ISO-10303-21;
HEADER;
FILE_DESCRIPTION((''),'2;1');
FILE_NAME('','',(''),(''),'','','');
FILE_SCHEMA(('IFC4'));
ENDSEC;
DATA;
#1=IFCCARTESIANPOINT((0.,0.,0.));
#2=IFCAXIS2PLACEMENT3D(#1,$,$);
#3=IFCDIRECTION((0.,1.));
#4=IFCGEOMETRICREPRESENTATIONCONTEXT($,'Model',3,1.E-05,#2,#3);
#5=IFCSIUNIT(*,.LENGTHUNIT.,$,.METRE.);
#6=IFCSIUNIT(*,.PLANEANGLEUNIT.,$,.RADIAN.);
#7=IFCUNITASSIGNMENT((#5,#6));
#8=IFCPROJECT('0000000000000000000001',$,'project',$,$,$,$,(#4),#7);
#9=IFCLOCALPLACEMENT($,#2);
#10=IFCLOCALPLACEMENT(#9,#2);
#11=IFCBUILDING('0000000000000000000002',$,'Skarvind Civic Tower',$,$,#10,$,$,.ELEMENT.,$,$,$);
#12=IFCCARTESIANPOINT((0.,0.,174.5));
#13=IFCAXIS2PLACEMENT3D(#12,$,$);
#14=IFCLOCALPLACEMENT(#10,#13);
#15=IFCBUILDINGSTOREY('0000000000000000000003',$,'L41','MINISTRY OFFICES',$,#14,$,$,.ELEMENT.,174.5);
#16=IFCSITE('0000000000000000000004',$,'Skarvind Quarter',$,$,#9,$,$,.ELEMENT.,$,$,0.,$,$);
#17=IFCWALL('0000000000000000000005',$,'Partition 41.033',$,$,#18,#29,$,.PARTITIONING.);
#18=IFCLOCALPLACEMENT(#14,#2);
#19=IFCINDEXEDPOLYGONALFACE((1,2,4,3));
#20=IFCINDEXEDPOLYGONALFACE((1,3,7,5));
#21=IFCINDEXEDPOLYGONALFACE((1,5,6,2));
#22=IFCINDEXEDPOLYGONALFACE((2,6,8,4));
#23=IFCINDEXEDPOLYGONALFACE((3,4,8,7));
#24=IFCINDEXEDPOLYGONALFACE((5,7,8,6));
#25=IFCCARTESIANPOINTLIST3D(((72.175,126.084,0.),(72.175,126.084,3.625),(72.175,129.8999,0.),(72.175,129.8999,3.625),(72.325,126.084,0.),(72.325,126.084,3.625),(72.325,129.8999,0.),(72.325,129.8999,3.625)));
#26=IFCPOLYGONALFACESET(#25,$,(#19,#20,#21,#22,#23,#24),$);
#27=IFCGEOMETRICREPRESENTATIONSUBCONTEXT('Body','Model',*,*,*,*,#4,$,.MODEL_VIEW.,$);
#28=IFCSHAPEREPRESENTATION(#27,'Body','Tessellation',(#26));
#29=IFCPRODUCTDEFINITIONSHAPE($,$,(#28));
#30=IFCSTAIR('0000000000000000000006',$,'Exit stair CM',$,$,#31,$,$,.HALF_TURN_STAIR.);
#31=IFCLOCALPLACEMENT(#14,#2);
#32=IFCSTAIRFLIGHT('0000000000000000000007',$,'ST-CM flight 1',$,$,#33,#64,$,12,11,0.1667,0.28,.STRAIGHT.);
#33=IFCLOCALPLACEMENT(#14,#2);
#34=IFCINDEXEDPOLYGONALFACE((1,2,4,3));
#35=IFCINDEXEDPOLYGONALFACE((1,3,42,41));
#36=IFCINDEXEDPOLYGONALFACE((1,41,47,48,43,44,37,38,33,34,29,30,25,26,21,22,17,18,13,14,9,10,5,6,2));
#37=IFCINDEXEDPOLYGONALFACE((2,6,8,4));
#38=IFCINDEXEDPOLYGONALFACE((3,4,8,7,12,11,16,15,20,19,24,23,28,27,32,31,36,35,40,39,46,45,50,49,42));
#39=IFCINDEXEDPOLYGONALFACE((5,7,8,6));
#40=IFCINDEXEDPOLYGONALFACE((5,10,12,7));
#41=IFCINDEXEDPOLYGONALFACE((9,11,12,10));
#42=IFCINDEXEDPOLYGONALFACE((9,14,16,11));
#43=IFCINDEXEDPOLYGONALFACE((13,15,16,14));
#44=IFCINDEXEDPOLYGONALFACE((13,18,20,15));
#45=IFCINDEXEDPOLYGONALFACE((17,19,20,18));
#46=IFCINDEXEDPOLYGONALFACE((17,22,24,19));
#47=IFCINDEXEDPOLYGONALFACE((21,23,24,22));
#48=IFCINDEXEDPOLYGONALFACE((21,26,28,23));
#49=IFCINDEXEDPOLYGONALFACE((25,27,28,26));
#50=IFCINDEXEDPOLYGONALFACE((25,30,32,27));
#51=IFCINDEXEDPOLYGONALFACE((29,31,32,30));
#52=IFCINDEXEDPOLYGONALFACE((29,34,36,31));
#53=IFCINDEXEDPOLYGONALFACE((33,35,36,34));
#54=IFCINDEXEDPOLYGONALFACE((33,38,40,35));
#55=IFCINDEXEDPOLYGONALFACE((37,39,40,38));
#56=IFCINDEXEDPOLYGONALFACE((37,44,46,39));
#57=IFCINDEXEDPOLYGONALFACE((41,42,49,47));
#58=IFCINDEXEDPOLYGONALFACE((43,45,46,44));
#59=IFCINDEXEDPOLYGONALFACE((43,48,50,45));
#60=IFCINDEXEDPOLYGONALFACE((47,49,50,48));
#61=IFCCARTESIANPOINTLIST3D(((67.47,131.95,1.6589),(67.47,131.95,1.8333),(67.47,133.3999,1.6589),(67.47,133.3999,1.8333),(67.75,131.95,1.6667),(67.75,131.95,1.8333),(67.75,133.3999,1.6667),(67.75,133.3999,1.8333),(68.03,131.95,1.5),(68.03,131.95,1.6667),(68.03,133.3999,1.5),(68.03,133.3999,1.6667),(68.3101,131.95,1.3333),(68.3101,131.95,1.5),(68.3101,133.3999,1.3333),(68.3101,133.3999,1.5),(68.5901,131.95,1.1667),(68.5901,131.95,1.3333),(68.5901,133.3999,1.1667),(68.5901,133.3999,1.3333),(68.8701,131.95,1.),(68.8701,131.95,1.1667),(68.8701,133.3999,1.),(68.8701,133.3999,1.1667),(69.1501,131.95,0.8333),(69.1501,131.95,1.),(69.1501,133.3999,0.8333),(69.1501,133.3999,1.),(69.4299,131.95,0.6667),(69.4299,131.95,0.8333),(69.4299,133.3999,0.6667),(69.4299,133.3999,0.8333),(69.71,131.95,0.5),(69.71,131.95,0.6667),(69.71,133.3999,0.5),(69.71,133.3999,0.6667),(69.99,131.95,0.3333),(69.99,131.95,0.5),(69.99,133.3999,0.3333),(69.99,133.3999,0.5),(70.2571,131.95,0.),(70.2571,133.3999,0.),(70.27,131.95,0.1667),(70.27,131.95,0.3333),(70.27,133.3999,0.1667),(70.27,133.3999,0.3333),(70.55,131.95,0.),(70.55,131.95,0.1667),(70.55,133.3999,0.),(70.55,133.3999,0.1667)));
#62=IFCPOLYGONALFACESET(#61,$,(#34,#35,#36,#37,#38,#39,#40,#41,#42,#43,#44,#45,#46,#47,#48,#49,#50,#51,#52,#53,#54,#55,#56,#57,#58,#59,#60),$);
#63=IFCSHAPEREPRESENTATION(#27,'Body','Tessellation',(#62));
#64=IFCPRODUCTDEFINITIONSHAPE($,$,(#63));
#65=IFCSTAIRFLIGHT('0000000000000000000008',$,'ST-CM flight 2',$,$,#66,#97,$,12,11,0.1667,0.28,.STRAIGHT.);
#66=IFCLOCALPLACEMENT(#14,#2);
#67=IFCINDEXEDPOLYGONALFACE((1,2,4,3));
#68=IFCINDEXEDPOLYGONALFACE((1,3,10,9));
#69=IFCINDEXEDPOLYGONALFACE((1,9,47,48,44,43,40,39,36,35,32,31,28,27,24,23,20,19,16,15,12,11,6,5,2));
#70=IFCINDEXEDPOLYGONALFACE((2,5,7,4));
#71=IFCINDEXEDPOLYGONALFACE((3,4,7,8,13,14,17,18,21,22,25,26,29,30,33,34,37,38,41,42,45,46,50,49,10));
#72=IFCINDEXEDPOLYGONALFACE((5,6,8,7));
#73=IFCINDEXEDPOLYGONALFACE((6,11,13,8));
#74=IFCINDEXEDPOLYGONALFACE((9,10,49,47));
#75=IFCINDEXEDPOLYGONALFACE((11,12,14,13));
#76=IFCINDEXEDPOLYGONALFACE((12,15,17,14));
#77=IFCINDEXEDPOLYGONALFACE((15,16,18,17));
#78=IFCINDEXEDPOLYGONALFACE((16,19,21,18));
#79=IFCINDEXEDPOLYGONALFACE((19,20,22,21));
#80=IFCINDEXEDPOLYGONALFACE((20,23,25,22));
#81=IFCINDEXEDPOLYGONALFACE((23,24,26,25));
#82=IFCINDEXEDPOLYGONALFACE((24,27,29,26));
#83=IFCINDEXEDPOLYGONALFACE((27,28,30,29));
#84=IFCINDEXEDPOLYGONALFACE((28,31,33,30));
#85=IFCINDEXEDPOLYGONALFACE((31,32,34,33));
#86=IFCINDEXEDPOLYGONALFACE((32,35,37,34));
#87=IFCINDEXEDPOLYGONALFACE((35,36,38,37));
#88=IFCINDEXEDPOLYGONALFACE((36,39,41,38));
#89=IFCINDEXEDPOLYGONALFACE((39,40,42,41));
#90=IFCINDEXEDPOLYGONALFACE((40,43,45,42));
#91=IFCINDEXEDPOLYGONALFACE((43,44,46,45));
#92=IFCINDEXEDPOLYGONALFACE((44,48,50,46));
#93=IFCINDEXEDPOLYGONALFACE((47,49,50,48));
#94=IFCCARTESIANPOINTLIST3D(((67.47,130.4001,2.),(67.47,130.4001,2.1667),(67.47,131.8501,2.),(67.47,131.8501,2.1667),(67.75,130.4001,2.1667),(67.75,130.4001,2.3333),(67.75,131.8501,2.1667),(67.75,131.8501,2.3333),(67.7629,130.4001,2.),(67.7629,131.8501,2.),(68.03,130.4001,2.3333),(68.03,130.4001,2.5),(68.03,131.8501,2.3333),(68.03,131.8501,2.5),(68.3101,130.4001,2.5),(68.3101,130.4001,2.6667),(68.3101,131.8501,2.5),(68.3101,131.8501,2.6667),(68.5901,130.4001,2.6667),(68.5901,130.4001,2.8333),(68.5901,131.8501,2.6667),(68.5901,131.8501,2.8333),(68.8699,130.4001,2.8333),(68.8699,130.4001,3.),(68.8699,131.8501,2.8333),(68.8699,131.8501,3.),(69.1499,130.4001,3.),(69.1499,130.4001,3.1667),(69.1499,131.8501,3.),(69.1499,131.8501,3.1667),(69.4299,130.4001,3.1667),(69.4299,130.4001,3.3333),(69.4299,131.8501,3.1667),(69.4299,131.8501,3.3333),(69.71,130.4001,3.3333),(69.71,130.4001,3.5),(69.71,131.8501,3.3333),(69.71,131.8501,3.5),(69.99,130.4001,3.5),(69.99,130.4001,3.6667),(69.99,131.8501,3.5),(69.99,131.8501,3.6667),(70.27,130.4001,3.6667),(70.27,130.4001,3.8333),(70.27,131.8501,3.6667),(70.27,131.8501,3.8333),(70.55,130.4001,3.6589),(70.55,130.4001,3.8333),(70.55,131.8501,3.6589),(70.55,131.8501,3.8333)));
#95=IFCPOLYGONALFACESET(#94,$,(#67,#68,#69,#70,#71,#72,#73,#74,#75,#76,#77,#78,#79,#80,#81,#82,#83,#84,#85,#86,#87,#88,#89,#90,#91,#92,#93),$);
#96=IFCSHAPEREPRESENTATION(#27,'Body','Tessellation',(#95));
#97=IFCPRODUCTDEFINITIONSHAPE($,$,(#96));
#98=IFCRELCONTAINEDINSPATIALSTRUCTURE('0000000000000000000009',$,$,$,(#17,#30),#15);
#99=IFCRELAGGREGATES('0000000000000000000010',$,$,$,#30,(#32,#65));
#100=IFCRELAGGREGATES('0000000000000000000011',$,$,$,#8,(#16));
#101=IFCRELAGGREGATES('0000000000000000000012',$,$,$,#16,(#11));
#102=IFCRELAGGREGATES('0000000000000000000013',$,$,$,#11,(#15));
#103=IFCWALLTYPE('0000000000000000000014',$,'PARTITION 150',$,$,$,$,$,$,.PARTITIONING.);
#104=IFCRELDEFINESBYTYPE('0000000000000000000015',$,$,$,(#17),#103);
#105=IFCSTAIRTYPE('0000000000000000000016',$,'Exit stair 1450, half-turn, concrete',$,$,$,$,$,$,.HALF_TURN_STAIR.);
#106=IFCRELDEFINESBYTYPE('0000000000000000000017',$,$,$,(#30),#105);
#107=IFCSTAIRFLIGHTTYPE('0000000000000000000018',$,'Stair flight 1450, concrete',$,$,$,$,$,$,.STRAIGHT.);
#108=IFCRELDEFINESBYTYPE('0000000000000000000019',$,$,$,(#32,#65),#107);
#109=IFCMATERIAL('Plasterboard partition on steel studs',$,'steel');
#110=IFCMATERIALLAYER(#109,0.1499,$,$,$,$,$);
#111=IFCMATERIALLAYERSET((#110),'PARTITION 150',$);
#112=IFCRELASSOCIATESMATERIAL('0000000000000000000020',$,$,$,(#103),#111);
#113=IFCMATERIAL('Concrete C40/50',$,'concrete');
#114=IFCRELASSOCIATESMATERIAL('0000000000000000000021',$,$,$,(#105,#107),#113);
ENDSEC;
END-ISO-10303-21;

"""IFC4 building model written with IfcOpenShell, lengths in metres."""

from ifc_helpers import new_model, si_unit, direction, frame, frame_2d, origin, place, context, subcontext, project, spatial, polyline, rectangle, outline, extrude, material, layer, layer_set, type_object, element, aggregate, save


model = new_model("IFC4")

# Units and contexts
model_context = context("Model", 3, precision=1e-05, world=origin(), true_north=direction((0.0, 1.0)))
body_context = subcontext(model_context, "Body", "Model", "MODEL_VIEW")
ifc_project = project(units=[si_unit("LENGTHUNIT", "METRE"), si_unit("PLANEANGLEUNIT", "RADIAN")], contexts=[model_context])

# Site, building, storey
site_placement = place(None, origin())
site = spatial("IfcSite", under=ifc_project, at=site_placement, Name="Skarvind Quarter", CompositionType="ELEMENT", RefElevation=0.0)
building_placement = place(site_placement, origin())
building = spatial("IfcBuilding", under=site, at=building_placement, Name="Skarvind Civic Tower", CompositionType="ELEMENT")
storey_placement = place(building_placement, frame((0.0, 0.0, 174.5)))
storey = spatial("IfcBuildingStorey", under=building, at=storey_placement, Name="L41", Description="MINISTRY OFFICES", CompositionType="ELEMENT", Elevation=174.5)

# Shared definitions
ifc_material_1 = material(Name="Plasterboard partition on steel studs", Category="steel")
ifc_layer_1 = layer(ifc_material_1, 0.1499)
ifc_layer_set_1 = layer_set([ifc_layer_1], Name="PARTITION 150")
wall_type_1 = type_object("IfcWallType", Name="PARTITION 150", PredefinedType="PARTITIONING", material=ifc_layer_set_1)

# Wall
wall_1_placement = place(storey_placement, frame((72.25, 126.084, 0.0), z_axis=(0.0, 0.0, 1.0), x_axis=(0.0, 1.0, 0.0)))
element("IfcWall", 1, at=wall_1_placement, inside=storey, type_object=wall_type_1, Name="Partition 41.033", PredefinedType="PARTITIONING", context=body_context, shape_type="SweptSolid", body=[
    extrude(rectangle(XDim=3.8159, YDim=0.1499, at=frame_2d((1.908, 0.0))), origin(), (0.0, 0.0, 1.0), 3.625),
])

# Stair, stair flights
ifc_material_2 = material(Name="Concrete C40/50", Category="concrete")
stair_type = type_object("IfcStairType", Name="Exit stair 1450, half-turn, concrete", PredefinedType="HALF_TURN_STAIR", material=ifc_material_2)
stair_placement = place(storey_placement, origin())
stair = element("IfcStair", 2, at=stair_placement, inside=storey, type_object=stair_type, Name="Exit stair CM", PredefinedType="HALF_TURN_STAIR")
stair_flight_type = type_object("IfcStairFlightType", Name="Stair flight 1450, concrete", PredefinedType="STRAIGHT", material=ifc_material_2)
stair_flight_1_placement = place(storey_placement, frame((70.55, 132.675, 0.0), z_axis=(0.0, 0.0, 1.0), x_axis=(-1.0, 0.0, 0.0)))
stair_flight_1 = element("IfcStairFlight", 3, at=stair_flight_1_placement, type_object=stair_flight_type, Name="ST-CM flight 1", NumberOfRisers=12, NumberOfTreads=11, PredefinedType="STRAIGHT", RiserHeight=0.1667, TreadLength=0.28, context=body_context, shape_type="SweptSolid", body=[
    extrude(outline(polyline([(0.0, 0.0), (0.0, 0.1667), (0.28, 0.1667), (0.28, 0.3333), (0.5601, 0.3333), (0.5601, 0.5), (0.8401, 0.5), (0.8401, 0.6667), (1.1201, 0.6667), (1.1201, 0.8333), (1.3999, 0.8333), (1.3999, 1.0), (1.6799, 1.0), (1.6799, 1.1667), (1.96, 1.1667), (1.96, 1.3333), (2.24, 1.3333), (2.24, 1.5), (2.52, 1.5), (2.52, 1.6667), (2.8, 1.6667), (2.8, 1.8333), (3.0801, 1.8333), (3.0801, 2.0), (3.0801, 1.6589), (0.293, 0.0), (0.0, 0.0)])), frame((0.0, 0.7251, 0.0), z_axis=(0.0, -1.0, 0.0), x_axis=(1.0, 0.0, 0.0)), (0.0, 0.0, 1.0), 1.45),
])
stair_flight_2_placement = place(storey_placement, frame((67.47, 131.125, 2.0), z_axis=(0.0, 0.0, 1.0), x_axis=(1.0, 0.0, 0.0)))
stair_flight_2 = element("IfcStairFlight", 4, at=stair_flight_2_placement, type_object=stair_flight_type, Name="ST-CM flight 2", NumberOfRisers=12, NumberOfTreads=11, PredefinedType="STRAIGHT", RiserHeight=0.1667, TreadLength=0.28, context=body_context, shape_type="SweptSolid", body=[
    extrude(outline(polyline([(0.0, 0.0), (0.0, 0.1667), (0.28, 0.1667), (0.28, 0.3333), (0.5601, 0.3333), (0.5601, 0.5), (0.8401, 0.5), (0.8401, 0.6667), (1.1201, 0.6667), (1.1201, 0.8333), (1.3999, 0.8333), (1.3999, 1.0), (1.6799, 1.0), (1.6799, 1.1667), (1.96, 1.1667), (1.96, 1.3333), (2.24, 1.3333), (2.24, 1.5), (2.52, 1.5), (2.52, 1.6667), (2.8, 1.6667), (2.8, 1.8333), (3.0801, 1.8333), (3.0801, 2.0), (3.0801, 1.6589), (0.293, 0.0), (0.0, 0.0)])), frame((0.0, 0.7251, 0.0), z_axis=(0.0, -1.0, 0.0), x_axis=(1.0, 0.0, 0.0)), (0.0, 0.0, 1.0), 1.45),
])
aggregate(stair, [stair_flight_1, stair_flight_2])

save(model, "model.ifc")
